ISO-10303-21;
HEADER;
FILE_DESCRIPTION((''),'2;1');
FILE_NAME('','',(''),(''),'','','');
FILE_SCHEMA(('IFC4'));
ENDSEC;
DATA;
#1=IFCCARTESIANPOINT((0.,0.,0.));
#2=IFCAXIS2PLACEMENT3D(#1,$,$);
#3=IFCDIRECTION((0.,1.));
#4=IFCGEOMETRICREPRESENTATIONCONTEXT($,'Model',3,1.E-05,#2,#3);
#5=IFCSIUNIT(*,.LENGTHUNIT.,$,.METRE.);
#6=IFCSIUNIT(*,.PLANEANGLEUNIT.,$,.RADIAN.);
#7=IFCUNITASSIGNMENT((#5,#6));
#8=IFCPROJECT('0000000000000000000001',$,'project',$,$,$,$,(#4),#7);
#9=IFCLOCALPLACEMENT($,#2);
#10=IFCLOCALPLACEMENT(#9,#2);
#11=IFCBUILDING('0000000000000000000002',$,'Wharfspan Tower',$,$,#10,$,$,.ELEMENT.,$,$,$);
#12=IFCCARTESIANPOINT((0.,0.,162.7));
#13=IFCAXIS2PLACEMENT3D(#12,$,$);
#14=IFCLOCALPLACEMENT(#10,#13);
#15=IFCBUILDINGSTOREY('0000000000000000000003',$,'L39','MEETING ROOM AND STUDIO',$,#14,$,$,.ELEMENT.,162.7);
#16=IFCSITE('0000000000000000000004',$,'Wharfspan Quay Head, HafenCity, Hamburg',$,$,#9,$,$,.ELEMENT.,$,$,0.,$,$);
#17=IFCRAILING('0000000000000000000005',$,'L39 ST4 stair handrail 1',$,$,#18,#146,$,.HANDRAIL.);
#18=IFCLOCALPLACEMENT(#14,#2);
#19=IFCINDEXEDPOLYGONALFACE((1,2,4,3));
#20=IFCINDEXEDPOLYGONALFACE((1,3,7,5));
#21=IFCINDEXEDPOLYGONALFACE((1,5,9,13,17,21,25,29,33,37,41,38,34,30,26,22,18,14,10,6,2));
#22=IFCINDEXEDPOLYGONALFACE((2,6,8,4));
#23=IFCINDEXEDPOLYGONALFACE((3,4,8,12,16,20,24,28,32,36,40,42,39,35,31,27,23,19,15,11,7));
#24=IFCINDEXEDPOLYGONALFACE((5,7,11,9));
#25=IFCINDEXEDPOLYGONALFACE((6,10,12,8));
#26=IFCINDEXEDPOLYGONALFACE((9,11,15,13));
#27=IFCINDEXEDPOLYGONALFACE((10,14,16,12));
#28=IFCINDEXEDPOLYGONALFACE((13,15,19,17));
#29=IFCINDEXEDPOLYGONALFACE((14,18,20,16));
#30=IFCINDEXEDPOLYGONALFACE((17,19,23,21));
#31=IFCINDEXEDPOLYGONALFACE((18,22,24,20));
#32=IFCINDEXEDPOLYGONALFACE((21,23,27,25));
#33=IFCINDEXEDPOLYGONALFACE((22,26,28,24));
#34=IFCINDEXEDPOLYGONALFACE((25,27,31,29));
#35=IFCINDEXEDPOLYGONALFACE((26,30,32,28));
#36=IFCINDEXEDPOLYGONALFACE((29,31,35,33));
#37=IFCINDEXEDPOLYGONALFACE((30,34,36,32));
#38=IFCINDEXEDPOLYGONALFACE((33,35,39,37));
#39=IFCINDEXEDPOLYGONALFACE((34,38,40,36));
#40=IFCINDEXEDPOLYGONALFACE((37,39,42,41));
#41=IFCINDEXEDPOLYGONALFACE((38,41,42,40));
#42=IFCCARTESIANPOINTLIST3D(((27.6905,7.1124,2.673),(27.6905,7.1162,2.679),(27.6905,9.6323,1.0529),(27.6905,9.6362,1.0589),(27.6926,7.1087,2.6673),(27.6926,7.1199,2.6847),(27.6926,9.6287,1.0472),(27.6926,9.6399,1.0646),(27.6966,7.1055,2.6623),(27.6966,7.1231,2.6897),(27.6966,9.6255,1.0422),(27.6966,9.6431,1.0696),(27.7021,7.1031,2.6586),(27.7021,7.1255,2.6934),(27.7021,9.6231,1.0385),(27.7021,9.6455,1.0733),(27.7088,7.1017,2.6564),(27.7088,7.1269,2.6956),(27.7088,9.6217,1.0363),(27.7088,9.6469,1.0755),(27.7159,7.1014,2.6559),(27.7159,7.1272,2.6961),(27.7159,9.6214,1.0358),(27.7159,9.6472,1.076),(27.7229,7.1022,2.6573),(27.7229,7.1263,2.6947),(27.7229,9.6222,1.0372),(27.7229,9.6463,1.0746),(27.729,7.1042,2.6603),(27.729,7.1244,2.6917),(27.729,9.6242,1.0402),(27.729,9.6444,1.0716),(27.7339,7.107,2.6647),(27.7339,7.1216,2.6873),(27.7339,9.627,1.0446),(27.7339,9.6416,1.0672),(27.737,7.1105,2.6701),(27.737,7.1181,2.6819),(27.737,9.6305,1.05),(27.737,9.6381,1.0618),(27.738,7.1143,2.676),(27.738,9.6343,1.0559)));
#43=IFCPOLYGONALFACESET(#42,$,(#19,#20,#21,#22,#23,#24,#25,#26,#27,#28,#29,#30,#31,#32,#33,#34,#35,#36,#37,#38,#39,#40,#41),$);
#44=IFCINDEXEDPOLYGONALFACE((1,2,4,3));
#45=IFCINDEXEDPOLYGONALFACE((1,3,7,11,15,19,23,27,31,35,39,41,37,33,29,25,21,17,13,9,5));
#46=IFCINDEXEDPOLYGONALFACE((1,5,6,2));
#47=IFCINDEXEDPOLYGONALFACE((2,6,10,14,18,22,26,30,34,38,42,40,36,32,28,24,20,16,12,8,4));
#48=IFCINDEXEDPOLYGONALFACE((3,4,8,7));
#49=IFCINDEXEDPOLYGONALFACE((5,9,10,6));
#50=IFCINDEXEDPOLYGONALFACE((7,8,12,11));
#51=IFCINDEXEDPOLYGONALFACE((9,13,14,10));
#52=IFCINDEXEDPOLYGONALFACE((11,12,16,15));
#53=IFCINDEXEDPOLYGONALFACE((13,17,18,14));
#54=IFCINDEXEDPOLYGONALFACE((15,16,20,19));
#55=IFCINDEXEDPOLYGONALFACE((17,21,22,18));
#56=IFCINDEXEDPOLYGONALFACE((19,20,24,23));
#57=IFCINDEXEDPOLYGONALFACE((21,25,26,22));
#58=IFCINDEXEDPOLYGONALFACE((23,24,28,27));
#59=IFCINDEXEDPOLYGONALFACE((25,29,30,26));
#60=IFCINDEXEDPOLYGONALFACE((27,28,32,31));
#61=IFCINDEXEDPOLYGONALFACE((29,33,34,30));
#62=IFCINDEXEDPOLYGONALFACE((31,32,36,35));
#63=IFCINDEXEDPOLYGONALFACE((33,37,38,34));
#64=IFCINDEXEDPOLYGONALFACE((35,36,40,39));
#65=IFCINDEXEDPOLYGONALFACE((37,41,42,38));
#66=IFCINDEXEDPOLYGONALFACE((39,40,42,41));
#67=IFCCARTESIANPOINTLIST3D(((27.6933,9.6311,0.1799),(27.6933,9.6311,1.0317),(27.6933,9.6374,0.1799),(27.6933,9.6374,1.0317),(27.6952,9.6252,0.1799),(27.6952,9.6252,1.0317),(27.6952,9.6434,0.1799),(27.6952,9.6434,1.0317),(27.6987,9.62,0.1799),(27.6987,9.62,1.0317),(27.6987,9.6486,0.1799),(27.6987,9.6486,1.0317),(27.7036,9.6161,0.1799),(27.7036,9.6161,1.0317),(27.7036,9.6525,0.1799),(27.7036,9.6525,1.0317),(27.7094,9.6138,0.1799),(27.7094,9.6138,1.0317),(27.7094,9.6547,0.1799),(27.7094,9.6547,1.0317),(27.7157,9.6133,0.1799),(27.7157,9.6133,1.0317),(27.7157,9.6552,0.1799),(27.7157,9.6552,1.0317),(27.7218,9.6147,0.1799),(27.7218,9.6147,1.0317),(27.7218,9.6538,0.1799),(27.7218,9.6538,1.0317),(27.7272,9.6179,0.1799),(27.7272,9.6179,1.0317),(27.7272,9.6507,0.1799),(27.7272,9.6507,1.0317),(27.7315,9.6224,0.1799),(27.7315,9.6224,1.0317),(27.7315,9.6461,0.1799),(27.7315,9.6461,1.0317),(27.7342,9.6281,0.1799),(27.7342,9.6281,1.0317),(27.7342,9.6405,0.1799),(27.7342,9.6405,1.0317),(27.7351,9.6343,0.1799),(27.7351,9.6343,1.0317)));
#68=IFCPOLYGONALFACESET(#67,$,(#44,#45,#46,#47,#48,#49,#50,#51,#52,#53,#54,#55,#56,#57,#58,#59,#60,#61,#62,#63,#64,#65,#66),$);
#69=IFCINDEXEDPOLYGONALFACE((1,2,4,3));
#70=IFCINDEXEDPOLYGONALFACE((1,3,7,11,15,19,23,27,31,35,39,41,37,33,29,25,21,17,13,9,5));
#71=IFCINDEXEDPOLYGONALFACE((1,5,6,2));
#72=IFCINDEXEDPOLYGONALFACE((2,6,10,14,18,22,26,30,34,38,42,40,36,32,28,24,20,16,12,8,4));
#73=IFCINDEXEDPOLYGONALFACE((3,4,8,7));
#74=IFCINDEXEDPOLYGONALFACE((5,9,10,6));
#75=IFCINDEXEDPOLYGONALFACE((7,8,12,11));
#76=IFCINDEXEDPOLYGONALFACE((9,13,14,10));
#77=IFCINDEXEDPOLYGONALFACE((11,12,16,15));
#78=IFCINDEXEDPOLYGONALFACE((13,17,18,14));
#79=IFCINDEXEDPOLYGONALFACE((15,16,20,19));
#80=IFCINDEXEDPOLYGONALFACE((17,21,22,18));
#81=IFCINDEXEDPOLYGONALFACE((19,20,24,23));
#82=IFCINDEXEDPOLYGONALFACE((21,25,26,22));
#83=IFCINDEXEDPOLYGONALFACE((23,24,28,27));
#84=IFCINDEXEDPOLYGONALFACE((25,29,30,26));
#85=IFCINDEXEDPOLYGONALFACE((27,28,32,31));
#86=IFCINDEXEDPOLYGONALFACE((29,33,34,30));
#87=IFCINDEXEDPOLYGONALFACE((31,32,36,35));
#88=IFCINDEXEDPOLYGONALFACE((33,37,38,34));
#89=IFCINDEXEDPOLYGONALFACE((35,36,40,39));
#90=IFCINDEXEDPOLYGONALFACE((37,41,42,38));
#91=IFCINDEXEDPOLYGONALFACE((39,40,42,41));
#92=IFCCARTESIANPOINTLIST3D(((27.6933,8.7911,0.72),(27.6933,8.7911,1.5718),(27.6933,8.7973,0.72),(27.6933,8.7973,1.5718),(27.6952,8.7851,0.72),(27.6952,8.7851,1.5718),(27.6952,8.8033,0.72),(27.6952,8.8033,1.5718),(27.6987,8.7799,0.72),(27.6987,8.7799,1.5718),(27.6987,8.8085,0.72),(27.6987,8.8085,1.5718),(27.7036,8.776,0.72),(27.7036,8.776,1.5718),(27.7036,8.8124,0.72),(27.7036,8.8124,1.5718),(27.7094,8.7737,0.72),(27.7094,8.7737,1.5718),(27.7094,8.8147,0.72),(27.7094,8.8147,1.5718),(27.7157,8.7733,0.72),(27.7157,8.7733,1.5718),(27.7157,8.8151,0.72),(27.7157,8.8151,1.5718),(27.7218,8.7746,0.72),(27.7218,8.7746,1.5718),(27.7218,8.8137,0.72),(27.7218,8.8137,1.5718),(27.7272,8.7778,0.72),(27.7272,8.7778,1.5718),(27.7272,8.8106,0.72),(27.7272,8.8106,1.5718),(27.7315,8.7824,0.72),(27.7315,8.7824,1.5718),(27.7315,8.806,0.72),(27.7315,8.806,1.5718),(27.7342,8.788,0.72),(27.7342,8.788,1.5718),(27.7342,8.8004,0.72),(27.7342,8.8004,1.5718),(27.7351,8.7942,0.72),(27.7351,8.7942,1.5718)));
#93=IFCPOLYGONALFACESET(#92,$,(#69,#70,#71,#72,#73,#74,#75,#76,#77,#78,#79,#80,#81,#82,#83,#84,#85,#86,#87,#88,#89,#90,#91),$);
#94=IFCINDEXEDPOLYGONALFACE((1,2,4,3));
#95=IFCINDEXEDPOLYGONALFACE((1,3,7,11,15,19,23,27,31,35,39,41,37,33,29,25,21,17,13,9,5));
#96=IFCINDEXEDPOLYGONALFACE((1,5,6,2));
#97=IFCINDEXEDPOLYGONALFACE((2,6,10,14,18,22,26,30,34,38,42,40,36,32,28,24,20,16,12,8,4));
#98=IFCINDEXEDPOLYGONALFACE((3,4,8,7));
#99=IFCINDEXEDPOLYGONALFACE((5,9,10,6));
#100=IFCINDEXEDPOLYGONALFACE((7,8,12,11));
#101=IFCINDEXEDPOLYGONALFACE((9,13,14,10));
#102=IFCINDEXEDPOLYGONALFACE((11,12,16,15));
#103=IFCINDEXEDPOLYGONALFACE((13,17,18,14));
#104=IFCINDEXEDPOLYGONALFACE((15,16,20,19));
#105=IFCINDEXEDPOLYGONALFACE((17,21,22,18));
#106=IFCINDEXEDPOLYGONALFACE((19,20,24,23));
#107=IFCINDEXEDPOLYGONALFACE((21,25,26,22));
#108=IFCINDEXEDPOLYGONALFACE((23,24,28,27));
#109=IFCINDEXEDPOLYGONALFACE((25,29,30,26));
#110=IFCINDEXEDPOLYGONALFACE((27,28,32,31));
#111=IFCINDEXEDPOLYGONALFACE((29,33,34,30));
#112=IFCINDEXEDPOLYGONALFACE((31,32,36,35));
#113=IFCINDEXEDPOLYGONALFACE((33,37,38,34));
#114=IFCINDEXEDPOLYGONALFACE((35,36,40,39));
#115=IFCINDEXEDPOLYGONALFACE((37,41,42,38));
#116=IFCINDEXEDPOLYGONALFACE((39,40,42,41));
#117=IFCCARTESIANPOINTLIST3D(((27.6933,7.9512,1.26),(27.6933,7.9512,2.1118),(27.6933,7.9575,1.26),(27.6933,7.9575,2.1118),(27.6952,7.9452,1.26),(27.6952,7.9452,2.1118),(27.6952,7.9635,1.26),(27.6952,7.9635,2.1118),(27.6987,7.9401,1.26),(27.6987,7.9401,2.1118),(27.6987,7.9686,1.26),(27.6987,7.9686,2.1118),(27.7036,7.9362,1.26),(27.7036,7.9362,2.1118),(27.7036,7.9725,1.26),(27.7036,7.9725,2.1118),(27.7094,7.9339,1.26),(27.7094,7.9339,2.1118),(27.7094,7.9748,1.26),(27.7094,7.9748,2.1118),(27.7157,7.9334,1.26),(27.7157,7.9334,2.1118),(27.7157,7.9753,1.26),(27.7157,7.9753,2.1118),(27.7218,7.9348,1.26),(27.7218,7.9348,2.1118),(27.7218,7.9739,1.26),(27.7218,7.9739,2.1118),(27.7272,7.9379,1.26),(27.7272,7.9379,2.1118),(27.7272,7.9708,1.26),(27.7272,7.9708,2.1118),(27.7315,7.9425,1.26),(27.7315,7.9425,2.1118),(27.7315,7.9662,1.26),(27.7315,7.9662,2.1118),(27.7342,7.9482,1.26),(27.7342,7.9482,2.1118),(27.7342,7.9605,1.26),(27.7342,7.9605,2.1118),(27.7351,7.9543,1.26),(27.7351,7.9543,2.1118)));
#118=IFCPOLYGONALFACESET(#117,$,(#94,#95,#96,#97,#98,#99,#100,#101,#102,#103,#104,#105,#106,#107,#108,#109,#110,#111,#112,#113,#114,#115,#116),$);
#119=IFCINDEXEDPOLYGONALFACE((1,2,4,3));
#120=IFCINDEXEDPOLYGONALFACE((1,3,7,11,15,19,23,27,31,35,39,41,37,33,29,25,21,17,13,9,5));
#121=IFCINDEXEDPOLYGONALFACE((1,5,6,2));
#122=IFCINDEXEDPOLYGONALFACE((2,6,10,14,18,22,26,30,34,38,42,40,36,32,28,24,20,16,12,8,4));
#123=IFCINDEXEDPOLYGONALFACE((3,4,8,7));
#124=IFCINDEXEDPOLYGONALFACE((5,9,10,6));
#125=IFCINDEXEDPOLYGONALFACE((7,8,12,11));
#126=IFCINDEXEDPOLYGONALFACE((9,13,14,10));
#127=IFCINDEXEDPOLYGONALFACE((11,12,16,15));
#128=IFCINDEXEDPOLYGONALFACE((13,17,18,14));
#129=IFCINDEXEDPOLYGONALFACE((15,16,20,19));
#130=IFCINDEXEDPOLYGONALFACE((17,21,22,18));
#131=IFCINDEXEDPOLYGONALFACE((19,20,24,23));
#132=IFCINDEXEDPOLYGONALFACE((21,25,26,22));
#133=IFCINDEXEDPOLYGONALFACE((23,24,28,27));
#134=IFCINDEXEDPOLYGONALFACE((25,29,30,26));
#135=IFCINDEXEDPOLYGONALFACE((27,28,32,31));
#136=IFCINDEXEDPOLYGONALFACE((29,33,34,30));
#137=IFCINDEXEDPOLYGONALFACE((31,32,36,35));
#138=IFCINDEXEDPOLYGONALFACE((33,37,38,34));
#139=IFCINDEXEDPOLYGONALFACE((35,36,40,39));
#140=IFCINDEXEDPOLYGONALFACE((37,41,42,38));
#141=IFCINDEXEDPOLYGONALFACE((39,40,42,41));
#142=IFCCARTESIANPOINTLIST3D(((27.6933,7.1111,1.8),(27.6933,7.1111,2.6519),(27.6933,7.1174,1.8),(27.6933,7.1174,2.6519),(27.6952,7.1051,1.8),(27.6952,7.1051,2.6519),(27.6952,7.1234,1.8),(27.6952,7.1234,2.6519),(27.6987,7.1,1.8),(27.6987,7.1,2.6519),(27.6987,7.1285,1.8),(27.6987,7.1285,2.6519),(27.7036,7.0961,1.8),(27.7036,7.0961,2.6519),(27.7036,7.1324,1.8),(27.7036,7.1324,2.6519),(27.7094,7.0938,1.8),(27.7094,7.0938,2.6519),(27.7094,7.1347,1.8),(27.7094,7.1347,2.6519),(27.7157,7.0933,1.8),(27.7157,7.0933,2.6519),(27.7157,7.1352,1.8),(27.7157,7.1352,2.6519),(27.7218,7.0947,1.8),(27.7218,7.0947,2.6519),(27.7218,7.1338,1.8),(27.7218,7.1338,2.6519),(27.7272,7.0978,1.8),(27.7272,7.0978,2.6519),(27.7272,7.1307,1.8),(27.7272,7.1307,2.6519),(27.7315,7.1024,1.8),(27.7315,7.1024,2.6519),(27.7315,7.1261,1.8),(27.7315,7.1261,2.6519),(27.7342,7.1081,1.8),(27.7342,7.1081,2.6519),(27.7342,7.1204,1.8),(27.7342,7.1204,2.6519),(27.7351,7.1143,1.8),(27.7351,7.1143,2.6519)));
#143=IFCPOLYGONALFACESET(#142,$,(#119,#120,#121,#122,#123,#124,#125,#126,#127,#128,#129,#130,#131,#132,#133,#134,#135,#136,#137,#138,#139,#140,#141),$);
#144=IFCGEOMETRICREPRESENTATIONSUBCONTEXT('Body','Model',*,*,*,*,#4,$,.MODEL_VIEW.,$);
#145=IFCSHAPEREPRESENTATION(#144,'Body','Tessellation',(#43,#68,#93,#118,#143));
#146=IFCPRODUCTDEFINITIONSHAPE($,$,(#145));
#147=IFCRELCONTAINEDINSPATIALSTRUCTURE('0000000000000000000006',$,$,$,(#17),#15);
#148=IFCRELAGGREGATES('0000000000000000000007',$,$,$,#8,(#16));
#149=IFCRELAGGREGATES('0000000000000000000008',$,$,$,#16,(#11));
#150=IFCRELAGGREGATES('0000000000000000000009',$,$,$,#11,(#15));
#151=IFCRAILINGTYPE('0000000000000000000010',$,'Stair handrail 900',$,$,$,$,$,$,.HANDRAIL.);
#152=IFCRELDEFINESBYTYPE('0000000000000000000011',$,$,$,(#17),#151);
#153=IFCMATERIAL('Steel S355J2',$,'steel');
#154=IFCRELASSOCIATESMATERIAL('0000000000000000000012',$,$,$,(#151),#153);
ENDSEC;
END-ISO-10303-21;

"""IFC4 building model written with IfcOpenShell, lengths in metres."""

from ifc_helpers import new_model, si_unit, direction, frame, origin, origin_2d, place, context, subcontext, project, spatial, circle, extrude, material, type_object, element, save


model = new_model("IFC4")

# Units and contexts
model_context = context("Model", 3, precision=1e-05, world=origin(), true_north=direction((0.0, 1.0)))
body_context = subcontext(model_context, "Body", "Model", "MODEL_VIEW")
ifc_project = project(units=[si_unit("LENGTHUNIT", "METRE"), si_unit("PLANEANGLEUNIT", "RADIAN")], contexts=[model_context])

# Site, building, storey
site_placement = place(None, origin())
site = spatial("IfcSite", under=ifc_project, at=site_placement, Name="Wharfspan Quay Head, HafenCity, Hamburg", CompositionType="ELEMENT", RefElevation=0.0)
building_placement = place(site_placement, origin())
building = spatial("IfcBuilding", under=site, at=building_placement, Name="Wharfspan Tower", CompositionType="ELEMENT")
storey_placement = place(building_placement, frame((0.0, 0.0, 162.7)))
storey = spatial("IfcBuildingStorey", under=building, at=storey_placement, Name="L39", Description="MEETING ROOM AND STUDIO", CompositionType="ELEMENT", Elevation=162.7)

# Shared definitions
ifc_material_1 = material(Name="Steel S355J2", Category="steel")

# Railing
railing_type_1 = type_object("IfcRailingType", Name="Stair handrail 900", PredefinedType="HANDRAIL", material=ifc_material_1)
railing_1_placement = place(storey_placement, frame((27.7141, 9.6343, 0.1799)))
element("IfcRailing", 1, at=railing_1_placement, inside=storey, type_object=railing_type_1, Name="L39 ST4 stair handrail 1", PredefinedType="HANDRAIL", context=body_context, shape_type="SweptSolid", body=[
    extrude(circle(Radius=0.0239, at=origin_2d()), frame((0.0, 0.0, 0.876), z_axis=(0.0, -0.841163, 0.540782), x_axis=(1.0, 0.0, 0.0)), (0.0, 0.0, 1.0), 2.9958),
    extrude(circle(Radius=0.021, at=origin_2d()), origin(), (0.0, 0.0, 1.0), 0.8518),
    extrude(circle(Radius=0.021, at=origin_2d()), frame((0.0, -0.8401, 0.54)), (0.0, 0.0, 1.0), 0.8518),
    extrude(circle(Radius=0.021, at=origin_2d()), frame((0.0, -1.6799, 1.0801)), (0.0, 0.0, 1.0), 0.8518),
    extrude(circle(Radius=0.021, at=origin_2d()), frame((0.0, -2.52, 1.6201)), (0.0, 0.0, 1.0), 0.8518),
])

save(model, "model.ifc")
